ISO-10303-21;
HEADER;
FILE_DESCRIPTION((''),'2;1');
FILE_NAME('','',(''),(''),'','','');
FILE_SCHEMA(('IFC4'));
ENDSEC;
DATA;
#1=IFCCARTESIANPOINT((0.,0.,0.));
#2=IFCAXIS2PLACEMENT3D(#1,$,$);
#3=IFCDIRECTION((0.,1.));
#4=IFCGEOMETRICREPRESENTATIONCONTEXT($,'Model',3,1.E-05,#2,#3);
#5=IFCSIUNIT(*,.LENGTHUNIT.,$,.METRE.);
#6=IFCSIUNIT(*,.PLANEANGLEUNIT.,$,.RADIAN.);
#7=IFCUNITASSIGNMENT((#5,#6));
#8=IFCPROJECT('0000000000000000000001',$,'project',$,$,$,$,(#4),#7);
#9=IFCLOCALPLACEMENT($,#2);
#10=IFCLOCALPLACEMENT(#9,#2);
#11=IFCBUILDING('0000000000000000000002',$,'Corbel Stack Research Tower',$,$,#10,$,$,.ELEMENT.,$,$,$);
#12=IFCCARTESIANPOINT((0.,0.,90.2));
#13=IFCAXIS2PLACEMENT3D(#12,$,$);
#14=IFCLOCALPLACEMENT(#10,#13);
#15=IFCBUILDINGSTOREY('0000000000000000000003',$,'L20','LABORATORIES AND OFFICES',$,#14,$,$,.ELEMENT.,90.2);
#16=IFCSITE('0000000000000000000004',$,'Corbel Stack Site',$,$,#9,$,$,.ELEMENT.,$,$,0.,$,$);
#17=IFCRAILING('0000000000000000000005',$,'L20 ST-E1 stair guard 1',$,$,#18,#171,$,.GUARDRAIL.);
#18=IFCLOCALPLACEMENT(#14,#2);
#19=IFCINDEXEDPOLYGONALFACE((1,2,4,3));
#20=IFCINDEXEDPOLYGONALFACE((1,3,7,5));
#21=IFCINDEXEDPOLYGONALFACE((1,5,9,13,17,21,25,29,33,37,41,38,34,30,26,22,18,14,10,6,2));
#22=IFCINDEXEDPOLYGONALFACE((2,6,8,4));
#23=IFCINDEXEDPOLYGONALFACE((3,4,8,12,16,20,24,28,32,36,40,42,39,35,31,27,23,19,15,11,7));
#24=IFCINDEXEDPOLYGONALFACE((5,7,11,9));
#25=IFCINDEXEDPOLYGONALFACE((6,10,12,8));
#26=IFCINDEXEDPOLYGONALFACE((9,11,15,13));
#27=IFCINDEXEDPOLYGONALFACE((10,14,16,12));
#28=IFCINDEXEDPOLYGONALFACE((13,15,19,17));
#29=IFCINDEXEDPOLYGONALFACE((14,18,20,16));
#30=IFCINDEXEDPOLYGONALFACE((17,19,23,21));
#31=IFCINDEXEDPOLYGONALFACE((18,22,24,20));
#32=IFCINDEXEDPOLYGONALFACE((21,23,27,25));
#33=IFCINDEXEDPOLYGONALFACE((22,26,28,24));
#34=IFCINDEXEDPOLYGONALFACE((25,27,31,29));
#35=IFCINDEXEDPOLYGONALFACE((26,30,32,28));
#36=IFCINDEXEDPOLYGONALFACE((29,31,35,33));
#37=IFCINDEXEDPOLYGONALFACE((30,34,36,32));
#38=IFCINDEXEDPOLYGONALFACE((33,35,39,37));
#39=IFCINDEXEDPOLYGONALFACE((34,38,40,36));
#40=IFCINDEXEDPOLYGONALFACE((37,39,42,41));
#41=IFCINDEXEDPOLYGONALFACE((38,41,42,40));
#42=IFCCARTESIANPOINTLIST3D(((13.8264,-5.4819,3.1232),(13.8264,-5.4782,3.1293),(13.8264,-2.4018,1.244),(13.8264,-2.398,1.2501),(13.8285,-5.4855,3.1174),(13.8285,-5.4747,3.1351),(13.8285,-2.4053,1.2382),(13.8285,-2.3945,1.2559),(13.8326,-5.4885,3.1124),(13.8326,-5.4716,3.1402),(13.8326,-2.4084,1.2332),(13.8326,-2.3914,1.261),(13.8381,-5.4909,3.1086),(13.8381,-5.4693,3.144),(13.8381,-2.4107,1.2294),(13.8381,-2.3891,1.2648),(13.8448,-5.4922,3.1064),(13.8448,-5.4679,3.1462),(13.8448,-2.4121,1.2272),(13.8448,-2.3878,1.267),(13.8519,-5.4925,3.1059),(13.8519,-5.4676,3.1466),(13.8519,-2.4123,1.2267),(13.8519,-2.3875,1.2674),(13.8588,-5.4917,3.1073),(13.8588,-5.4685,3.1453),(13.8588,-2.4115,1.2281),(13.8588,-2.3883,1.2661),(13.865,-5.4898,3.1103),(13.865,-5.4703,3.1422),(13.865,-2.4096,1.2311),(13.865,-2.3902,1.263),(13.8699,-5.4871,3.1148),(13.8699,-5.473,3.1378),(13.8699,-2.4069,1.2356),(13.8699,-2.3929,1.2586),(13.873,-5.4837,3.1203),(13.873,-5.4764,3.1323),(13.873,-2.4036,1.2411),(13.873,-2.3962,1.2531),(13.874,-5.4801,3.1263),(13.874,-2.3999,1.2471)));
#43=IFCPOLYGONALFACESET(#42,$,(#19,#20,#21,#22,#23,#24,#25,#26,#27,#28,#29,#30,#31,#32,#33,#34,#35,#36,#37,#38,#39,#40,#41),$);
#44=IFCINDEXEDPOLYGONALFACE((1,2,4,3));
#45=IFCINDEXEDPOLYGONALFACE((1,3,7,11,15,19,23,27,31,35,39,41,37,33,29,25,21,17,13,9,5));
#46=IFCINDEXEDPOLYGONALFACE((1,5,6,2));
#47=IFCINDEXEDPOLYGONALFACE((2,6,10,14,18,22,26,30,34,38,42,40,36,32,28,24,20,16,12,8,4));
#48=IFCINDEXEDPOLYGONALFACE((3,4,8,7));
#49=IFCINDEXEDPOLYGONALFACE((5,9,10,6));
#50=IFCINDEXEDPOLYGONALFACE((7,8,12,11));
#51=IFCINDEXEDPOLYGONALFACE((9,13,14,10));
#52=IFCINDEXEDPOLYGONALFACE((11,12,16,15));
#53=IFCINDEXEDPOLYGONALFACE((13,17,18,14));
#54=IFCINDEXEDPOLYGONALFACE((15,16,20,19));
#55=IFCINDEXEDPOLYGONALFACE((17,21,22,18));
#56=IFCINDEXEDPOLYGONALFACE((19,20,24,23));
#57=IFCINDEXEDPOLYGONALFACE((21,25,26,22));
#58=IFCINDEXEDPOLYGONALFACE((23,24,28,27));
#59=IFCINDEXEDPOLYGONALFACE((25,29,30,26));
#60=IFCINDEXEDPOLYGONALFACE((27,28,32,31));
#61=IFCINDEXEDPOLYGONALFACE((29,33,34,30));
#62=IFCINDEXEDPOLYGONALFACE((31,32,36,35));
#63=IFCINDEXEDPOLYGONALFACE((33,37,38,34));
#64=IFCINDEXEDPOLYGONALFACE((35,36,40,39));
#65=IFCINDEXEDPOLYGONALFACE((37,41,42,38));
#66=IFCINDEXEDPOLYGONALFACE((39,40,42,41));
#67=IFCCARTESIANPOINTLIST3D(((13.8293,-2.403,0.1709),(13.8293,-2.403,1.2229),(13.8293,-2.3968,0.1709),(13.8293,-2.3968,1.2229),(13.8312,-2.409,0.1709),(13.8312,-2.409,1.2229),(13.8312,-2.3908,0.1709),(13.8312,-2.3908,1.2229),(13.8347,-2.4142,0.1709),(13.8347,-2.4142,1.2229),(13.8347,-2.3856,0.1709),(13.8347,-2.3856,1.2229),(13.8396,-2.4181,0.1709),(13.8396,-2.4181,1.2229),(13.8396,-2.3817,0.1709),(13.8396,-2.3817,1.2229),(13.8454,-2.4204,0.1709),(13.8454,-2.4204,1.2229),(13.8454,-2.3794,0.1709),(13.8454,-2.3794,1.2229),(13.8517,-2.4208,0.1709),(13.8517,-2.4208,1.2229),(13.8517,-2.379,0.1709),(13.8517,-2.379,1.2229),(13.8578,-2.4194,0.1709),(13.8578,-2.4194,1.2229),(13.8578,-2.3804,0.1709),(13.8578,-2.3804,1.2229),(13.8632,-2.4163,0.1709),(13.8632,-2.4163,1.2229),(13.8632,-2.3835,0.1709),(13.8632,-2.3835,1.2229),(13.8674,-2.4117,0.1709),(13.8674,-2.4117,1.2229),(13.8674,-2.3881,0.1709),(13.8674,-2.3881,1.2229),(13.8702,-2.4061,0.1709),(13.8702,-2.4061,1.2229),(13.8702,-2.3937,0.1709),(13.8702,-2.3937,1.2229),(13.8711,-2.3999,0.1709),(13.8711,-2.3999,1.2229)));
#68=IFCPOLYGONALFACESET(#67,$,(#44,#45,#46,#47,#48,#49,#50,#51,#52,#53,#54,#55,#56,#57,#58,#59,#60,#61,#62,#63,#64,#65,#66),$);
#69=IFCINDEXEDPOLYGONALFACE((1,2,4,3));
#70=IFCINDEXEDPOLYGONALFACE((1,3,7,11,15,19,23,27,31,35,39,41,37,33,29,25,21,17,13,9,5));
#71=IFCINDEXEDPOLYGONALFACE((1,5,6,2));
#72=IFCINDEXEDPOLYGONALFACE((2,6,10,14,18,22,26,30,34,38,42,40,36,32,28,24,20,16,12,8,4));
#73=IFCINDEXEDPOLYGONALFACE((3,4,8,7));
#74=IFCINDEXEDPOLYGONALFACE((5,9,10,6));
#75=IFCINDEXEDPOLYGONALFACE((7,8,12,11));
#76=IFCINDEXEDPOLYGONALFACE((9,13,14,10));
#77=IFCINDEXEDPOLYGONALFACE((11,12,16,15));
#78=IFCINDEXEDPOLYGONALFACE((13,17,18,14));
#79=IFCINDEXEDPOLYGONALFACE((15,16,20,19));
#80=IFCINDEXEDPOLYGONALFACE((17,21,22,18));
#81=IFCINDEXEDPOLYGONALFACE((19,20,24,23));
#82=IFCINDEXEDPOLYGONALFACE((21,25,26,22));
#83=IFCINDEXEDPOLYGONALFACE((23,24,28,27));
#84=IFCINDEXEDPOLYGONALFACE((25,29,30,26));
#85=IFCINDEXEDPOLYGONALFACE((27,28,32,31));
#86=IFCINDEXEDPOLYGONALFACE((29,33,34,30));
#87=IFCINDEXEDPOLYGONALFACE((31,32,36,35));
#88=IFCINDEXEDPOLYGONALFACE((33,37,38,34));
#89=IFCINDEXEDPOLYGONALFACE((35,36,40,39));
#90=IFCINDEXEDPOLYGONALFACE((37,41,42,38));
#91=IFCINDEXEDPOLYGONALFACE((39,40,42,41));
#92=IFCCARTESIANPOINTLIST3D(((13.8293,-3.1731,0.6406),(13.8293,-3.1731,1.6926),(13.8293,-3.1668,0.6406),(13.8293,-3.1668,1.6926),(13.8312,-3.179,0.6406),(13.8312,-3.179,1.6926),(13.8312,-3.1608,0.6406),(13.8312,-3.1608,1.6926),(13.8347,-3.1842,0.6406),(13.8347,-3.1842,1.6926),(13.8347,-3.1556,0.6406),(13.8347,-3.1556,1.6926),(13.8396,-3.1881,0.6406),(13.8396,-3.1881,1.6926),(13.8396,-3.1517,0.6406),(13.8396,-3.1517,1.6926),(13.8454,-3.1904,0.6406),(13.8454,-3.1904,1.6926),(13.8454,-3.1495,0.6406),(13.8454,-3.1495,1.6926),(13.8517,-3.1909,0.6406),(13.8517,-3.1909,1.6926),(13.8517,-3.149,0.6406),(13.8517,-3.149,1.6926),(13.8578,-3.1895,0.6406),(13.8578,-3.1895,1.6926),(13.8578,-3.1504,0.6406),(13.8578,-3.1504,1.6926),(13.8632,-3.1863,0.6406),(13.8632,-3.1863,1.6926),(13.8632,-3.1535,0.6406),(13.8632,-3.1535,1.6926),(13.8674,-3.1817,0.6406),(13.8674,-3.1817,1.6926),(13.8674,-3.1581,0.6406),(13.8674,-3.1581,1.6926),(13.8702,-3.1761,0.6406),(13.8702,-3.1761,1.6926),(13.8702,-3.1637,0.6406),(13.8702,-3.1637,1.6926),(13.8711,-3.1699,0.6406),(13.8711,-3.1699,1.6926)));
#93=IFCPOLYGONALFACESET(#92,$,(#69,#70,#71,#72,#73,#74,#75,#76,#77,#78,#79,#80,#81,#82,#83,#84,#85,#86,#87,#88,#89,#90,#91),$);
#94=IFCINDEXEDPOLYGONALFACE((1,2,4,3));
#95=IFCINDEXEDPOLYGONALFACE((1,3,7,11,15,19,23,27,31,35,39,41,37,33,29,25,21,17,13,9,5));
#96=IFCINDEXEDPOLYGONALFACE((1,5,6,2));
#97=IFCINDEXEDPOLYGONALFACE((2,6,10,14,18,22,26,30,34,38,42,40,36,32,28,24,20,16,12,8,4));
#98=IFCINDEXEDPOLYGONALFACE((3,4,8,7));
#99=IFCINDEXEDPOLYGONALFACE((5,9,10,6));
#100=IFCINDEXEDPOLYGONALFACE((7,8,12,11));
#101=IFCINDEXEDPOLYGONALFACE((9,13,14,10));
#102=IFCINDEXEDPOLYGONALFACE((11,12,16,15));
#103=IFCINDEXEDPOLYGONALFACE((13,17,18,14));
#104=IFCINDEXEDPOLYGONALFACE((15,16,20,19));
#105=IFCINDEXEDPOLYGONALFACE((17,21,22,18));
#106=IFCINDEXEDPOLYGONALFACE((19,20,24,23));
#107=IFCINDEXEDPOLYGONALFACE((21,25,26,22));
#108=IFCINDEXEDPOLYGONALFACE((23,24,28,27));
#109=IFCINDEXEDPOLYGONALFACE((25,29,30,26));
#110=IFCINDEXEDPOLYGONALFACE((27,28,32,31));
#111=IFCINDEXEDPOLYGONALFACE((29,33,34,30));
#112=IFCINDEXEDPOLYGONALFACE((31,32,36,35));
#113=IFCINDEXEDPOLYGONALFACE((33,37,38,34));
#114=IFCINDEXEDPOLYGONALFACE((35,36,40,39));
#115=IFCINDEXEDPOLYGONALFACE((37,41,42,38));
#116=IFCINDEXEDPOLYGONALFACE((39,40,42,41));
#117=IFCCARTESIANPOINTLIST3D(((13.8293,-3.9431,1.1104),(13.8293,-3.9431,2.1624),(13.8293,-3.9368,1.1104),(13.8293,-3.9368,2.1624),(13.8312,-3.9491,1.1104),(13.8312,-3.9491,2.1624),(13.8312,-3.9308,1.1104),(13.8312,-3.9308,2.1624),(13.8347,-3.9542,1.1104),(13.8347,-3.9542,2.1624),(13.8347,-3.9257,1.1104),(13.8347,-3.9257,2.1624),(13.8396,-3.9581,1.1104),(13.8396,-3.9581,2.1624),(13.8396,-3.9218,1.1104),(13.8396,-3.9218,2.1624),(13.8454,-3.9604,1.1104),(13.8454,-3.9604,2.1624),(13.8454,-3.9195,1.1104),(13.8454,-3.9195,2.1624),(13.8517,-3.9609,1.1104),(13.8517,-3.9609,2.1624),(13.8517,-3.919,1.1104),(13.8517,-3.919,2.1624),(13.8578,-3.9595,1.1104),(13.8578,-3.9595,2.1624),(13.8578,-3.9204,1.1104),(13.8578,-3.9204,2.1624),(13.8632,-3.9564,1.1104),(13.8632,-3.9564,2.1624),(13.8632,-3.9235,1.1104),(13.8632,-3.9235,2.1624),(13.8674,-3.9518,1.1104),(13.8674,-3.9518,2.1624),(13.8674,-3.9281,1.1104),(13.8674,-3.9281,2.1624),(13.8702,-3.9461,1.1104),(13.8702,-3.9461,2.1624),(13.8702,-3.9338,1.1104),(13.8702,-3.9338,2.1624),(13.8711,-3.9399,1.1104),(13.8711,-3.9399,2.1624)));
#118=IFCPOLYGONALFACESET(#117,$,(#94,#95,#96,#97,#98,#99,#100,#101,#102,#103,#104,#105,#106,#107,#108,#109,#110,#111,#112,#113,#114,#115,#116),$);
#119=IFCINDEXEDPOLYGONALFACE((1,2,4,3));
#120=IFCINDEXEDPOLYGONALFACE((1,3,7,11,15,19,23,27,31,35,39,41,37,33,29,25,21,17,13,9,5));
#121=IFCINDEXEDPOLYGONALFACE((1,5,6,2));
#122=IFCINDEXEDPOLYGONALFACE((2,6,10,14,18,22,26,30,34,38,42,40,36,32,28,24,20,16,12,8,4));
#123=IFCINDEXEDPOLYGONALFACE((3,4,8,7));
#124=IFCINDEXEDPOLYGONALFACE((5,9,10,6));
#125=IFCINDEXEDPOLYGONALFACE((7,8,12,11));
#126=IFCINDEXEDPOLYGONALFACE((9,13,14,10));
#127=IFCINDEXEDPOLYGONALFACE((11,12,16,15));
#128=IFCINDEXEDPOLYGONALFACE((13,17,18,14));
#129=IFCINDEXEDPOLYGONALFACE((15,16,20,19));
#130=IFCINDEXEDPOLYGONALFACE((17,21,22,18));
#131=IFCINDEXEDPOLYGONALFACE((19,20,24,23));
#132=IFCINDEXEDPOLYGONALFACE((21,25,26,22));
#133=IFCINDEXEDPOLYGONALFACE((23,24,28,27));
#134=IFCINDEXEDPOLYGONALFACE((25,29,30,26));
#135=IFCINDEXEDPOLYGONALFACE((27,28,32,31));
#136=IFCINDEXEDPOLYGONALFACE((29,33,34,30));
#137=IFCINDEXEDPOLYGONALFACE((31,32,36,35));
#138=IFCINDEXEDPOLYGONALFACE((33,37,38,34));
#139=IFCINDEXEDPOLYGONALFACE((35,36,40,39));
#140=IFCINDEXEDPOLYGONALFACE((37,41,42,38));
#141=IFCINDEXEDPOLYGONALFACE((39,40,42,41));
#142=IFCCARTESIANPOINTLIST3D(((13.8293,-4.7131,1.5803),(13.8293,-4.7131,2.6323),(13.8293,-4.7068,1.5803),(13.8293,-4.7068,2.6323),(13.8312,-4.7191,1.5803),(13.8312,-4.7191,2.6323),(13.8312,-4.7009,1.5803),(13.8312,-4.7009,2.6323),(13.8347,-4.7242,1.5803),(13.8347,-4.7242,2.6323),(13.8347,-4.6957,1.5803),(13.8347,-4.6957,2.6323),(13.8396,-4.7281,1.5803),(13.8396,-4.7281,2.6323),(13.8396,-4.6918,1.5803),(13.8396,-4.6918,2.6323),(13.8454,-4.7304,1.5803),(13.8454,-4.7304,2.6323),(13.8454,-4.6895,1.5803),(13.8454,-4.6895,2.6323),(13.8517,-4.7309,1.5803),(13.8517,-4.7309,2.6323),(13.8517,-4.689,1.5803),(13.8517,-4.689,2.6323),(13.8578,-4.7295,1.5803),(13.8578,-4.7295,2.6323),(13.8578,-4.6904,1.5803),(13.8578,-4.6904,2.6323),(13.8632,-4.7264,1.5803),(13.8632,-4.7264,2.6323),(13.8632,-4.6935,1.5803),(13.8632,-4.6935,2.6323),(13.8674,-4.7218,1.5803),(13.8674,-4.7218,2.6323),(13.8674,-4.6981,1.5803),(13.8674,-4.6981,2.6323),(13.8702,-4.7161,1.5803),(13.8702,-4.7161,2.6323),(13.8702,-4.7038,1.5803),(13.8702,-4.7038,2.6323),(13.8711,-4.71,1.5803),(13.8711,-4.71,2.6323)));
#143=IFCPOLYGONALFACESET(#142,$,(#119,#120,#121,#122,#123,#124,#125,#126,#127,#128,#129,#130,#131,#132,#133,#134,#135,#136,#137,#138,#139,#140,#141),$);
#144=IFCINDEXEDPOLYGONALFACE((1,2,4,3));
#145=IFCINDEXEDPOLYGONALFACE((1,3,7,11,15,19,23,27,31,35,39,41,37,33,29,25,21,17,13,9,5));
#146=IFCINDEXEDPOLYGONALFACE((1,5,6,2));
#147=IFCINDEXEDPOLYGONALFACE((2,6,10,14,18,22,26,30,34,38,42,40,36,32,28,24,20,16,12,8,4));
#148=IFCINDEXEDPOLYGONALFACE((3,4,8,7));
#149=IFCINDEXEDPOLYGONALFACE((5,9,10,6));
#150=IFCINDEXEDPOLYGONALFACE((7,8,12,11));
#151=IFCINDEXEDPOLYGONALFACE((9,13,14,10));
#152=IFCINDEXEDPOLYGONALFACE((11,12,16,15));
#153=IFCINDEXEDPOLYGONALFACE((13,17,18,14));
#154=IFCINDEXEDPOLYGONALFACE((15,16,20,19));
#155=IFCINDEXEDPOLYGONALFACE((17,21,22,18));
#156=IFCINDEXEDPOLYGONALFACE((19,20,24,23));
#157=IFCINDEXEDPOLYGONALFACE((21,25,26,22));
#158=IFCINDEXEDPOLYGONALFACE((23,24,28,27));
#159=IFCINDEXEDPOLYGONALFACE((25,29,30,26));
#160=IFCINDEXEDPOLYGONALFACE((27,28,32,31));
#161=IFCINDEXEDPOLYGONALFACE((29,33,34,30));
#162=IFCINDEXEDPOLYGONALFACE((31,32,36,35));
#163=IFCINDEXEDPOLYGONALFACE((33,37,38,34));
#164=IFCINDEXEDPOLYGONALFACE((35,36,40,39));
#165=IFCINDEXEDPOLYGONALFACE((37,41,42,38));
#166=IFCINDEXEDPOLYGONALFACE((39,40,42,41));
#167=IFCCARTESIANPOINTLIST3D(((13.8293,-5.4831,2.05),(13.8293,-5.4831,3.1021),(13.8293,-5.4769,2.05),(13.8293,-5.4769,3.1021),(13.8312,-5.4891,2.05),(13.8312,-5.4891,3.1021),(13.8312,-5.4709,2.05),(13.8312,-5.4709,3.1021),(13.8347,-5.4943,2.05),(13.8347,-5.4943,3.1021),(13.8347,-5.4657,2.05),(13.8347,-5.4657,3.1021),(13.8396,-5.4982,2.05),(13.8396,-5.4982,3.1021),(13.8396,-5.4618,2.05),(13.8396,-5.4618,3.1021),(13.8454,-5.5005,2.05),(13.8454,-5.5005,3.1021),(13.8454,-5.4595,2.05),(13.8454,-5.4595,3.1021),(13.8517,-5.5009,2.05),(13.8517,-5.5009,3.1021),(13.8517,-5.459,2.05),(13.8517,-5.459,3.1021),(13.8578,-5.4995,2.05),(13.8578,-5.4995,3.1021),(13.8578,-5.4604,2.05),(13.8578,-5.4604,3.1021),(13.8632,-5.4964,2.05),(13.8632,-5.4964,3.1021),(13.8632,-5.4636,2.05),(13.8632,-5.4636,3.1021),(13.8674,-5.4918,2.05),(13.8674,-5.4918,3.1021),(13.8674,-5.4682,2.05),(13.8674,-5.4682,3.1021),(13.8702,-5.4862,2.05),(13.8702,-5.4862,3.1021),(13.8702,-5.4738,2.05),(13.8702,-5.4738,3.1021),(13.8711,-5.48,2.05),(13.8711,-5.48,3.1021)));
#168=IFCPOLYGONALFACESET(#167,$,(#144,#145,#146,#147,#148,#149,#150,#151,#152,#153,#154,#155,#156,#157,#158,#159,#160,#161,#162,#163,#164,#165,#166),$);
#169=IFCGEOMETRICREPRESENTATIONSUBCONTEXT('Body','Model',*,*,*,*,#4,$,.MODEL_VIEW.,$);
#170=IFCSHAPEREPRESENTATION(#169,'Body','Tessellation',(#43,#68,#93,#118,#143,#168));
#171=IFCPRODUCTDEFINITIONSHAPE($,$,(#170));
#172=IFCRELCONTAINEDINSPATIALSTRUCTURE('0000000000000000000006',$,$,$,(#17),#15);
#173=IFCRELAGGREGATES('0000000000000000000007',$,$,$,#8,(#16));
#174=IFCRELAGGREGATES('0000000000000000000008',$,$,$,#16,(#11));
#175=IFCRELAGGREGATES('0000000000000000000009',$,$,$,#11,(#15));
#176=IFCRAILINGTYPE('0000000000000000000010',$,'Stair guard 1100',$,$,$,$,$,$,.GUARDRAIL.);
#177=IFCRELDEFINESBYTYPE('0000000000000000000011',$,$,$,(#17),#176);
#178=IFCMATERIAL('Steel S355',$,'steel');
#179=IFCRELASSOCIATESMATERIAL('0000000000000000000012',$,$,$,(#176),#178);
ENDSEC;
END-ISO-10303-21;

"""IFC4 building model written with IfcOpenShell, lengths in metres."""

from ifc_helpers import new_model, si_unit, direction, frame, origin, origin_2d, place, context, subcontext, project, spatial, circle, extrude, material, type_object, element, save


model = new_model("IFC4")

# Units and contexts
model_context = context("Model", 3, precision=1e-05, world=origin(), true_north=direction((0.0, 1.0)))
body_context = subcontext(model_context, "Body", "Model", "MODEL_VIEW")
ifc_project = project(units=[si_unit("LENGTHUNIT", "METRE"), si_unit("PLANEANGLEUNIT", "RADIAN")], contexts=[model_context])

# Site, building, storey
site_placement = place(None, origin())
site = spatial("IfcSite", under=ifc_project, at=site_placement, Name="Corbel Stack Site", CompositionType="ELEMENT", RefElevation=0.0)
building_placement = place(site_placement, origin())
building = spatial("IfcBuilding", under=site, at=building_placement, Name="Corbel Stack Research Tower", CompositionType="ELEMENT")
storey_placement = place(building_placement, frame((0.0, 0.0, 90.2)))
storey = spatial("IfcBuildingStorey", under=building, at=storey_placement, Name="L20", Description="LABORATORIES AND OFFICES", CompositionType="ELEMENT", Elevation=90.2)

# Railing
ifc_material_1 = material(Name="Steel S355", Category="steel")
railing_type_1 = type_object("IfcRailingType", Name="Stair guard 1100", PredefinedType="GUARDRAIL", material=ifc_material_1)
railing_1_placement = place(storey_placement, frame((13.8501, -2.3999, 0.1709)))
element("IfcRailing", 1, at=railing_1_placement, inside=storey, type_object=railing_type_1, Name="L20 ST-E1 stair guard 1", PredefinedType="GUARDRAIL", context=body_context, shape_type="SweptSolid", body=[
    extrude(circle(Radius=0.0239, at=origin_2d()), frame((0.0, 0.0, 1.0762), z_axis=(0.0, -0.853666, 0.52082), x_axis=(1.0, 0.0, 0.0)), (0.0, 0.0, 1.0), 3.6082),
    extrude(circle(Radius=0.021, at=origin_2d()), origin(), (0.0, 0.0, 1.0), 1.052),
    extrude(circle(Radius=0.021, at=origin_2d()), frame((0.0, -0.77, 0.4697)), (0.0, 0.0, 1.0), 1.052),
    extrude(circle(Radius=0.021, at=origin_2d()), frame((0.0, -1.54, 0.9395)), (0.0, 0.0, 1.0), 1.052),
    extrude(circle(Radius=0.021, at=origin_2d()), frame((0.0, -2.3101, 1.4094)), (0.0, 0.0, 1.0), 1.052),
    extrude(circle(Radius=0.021, at=origin_2d()), frame((0.0, -3.0801, 1.8792)), (0.0, 0.0, 1.0), 1.052),
])

save(model, "model.ifc")
